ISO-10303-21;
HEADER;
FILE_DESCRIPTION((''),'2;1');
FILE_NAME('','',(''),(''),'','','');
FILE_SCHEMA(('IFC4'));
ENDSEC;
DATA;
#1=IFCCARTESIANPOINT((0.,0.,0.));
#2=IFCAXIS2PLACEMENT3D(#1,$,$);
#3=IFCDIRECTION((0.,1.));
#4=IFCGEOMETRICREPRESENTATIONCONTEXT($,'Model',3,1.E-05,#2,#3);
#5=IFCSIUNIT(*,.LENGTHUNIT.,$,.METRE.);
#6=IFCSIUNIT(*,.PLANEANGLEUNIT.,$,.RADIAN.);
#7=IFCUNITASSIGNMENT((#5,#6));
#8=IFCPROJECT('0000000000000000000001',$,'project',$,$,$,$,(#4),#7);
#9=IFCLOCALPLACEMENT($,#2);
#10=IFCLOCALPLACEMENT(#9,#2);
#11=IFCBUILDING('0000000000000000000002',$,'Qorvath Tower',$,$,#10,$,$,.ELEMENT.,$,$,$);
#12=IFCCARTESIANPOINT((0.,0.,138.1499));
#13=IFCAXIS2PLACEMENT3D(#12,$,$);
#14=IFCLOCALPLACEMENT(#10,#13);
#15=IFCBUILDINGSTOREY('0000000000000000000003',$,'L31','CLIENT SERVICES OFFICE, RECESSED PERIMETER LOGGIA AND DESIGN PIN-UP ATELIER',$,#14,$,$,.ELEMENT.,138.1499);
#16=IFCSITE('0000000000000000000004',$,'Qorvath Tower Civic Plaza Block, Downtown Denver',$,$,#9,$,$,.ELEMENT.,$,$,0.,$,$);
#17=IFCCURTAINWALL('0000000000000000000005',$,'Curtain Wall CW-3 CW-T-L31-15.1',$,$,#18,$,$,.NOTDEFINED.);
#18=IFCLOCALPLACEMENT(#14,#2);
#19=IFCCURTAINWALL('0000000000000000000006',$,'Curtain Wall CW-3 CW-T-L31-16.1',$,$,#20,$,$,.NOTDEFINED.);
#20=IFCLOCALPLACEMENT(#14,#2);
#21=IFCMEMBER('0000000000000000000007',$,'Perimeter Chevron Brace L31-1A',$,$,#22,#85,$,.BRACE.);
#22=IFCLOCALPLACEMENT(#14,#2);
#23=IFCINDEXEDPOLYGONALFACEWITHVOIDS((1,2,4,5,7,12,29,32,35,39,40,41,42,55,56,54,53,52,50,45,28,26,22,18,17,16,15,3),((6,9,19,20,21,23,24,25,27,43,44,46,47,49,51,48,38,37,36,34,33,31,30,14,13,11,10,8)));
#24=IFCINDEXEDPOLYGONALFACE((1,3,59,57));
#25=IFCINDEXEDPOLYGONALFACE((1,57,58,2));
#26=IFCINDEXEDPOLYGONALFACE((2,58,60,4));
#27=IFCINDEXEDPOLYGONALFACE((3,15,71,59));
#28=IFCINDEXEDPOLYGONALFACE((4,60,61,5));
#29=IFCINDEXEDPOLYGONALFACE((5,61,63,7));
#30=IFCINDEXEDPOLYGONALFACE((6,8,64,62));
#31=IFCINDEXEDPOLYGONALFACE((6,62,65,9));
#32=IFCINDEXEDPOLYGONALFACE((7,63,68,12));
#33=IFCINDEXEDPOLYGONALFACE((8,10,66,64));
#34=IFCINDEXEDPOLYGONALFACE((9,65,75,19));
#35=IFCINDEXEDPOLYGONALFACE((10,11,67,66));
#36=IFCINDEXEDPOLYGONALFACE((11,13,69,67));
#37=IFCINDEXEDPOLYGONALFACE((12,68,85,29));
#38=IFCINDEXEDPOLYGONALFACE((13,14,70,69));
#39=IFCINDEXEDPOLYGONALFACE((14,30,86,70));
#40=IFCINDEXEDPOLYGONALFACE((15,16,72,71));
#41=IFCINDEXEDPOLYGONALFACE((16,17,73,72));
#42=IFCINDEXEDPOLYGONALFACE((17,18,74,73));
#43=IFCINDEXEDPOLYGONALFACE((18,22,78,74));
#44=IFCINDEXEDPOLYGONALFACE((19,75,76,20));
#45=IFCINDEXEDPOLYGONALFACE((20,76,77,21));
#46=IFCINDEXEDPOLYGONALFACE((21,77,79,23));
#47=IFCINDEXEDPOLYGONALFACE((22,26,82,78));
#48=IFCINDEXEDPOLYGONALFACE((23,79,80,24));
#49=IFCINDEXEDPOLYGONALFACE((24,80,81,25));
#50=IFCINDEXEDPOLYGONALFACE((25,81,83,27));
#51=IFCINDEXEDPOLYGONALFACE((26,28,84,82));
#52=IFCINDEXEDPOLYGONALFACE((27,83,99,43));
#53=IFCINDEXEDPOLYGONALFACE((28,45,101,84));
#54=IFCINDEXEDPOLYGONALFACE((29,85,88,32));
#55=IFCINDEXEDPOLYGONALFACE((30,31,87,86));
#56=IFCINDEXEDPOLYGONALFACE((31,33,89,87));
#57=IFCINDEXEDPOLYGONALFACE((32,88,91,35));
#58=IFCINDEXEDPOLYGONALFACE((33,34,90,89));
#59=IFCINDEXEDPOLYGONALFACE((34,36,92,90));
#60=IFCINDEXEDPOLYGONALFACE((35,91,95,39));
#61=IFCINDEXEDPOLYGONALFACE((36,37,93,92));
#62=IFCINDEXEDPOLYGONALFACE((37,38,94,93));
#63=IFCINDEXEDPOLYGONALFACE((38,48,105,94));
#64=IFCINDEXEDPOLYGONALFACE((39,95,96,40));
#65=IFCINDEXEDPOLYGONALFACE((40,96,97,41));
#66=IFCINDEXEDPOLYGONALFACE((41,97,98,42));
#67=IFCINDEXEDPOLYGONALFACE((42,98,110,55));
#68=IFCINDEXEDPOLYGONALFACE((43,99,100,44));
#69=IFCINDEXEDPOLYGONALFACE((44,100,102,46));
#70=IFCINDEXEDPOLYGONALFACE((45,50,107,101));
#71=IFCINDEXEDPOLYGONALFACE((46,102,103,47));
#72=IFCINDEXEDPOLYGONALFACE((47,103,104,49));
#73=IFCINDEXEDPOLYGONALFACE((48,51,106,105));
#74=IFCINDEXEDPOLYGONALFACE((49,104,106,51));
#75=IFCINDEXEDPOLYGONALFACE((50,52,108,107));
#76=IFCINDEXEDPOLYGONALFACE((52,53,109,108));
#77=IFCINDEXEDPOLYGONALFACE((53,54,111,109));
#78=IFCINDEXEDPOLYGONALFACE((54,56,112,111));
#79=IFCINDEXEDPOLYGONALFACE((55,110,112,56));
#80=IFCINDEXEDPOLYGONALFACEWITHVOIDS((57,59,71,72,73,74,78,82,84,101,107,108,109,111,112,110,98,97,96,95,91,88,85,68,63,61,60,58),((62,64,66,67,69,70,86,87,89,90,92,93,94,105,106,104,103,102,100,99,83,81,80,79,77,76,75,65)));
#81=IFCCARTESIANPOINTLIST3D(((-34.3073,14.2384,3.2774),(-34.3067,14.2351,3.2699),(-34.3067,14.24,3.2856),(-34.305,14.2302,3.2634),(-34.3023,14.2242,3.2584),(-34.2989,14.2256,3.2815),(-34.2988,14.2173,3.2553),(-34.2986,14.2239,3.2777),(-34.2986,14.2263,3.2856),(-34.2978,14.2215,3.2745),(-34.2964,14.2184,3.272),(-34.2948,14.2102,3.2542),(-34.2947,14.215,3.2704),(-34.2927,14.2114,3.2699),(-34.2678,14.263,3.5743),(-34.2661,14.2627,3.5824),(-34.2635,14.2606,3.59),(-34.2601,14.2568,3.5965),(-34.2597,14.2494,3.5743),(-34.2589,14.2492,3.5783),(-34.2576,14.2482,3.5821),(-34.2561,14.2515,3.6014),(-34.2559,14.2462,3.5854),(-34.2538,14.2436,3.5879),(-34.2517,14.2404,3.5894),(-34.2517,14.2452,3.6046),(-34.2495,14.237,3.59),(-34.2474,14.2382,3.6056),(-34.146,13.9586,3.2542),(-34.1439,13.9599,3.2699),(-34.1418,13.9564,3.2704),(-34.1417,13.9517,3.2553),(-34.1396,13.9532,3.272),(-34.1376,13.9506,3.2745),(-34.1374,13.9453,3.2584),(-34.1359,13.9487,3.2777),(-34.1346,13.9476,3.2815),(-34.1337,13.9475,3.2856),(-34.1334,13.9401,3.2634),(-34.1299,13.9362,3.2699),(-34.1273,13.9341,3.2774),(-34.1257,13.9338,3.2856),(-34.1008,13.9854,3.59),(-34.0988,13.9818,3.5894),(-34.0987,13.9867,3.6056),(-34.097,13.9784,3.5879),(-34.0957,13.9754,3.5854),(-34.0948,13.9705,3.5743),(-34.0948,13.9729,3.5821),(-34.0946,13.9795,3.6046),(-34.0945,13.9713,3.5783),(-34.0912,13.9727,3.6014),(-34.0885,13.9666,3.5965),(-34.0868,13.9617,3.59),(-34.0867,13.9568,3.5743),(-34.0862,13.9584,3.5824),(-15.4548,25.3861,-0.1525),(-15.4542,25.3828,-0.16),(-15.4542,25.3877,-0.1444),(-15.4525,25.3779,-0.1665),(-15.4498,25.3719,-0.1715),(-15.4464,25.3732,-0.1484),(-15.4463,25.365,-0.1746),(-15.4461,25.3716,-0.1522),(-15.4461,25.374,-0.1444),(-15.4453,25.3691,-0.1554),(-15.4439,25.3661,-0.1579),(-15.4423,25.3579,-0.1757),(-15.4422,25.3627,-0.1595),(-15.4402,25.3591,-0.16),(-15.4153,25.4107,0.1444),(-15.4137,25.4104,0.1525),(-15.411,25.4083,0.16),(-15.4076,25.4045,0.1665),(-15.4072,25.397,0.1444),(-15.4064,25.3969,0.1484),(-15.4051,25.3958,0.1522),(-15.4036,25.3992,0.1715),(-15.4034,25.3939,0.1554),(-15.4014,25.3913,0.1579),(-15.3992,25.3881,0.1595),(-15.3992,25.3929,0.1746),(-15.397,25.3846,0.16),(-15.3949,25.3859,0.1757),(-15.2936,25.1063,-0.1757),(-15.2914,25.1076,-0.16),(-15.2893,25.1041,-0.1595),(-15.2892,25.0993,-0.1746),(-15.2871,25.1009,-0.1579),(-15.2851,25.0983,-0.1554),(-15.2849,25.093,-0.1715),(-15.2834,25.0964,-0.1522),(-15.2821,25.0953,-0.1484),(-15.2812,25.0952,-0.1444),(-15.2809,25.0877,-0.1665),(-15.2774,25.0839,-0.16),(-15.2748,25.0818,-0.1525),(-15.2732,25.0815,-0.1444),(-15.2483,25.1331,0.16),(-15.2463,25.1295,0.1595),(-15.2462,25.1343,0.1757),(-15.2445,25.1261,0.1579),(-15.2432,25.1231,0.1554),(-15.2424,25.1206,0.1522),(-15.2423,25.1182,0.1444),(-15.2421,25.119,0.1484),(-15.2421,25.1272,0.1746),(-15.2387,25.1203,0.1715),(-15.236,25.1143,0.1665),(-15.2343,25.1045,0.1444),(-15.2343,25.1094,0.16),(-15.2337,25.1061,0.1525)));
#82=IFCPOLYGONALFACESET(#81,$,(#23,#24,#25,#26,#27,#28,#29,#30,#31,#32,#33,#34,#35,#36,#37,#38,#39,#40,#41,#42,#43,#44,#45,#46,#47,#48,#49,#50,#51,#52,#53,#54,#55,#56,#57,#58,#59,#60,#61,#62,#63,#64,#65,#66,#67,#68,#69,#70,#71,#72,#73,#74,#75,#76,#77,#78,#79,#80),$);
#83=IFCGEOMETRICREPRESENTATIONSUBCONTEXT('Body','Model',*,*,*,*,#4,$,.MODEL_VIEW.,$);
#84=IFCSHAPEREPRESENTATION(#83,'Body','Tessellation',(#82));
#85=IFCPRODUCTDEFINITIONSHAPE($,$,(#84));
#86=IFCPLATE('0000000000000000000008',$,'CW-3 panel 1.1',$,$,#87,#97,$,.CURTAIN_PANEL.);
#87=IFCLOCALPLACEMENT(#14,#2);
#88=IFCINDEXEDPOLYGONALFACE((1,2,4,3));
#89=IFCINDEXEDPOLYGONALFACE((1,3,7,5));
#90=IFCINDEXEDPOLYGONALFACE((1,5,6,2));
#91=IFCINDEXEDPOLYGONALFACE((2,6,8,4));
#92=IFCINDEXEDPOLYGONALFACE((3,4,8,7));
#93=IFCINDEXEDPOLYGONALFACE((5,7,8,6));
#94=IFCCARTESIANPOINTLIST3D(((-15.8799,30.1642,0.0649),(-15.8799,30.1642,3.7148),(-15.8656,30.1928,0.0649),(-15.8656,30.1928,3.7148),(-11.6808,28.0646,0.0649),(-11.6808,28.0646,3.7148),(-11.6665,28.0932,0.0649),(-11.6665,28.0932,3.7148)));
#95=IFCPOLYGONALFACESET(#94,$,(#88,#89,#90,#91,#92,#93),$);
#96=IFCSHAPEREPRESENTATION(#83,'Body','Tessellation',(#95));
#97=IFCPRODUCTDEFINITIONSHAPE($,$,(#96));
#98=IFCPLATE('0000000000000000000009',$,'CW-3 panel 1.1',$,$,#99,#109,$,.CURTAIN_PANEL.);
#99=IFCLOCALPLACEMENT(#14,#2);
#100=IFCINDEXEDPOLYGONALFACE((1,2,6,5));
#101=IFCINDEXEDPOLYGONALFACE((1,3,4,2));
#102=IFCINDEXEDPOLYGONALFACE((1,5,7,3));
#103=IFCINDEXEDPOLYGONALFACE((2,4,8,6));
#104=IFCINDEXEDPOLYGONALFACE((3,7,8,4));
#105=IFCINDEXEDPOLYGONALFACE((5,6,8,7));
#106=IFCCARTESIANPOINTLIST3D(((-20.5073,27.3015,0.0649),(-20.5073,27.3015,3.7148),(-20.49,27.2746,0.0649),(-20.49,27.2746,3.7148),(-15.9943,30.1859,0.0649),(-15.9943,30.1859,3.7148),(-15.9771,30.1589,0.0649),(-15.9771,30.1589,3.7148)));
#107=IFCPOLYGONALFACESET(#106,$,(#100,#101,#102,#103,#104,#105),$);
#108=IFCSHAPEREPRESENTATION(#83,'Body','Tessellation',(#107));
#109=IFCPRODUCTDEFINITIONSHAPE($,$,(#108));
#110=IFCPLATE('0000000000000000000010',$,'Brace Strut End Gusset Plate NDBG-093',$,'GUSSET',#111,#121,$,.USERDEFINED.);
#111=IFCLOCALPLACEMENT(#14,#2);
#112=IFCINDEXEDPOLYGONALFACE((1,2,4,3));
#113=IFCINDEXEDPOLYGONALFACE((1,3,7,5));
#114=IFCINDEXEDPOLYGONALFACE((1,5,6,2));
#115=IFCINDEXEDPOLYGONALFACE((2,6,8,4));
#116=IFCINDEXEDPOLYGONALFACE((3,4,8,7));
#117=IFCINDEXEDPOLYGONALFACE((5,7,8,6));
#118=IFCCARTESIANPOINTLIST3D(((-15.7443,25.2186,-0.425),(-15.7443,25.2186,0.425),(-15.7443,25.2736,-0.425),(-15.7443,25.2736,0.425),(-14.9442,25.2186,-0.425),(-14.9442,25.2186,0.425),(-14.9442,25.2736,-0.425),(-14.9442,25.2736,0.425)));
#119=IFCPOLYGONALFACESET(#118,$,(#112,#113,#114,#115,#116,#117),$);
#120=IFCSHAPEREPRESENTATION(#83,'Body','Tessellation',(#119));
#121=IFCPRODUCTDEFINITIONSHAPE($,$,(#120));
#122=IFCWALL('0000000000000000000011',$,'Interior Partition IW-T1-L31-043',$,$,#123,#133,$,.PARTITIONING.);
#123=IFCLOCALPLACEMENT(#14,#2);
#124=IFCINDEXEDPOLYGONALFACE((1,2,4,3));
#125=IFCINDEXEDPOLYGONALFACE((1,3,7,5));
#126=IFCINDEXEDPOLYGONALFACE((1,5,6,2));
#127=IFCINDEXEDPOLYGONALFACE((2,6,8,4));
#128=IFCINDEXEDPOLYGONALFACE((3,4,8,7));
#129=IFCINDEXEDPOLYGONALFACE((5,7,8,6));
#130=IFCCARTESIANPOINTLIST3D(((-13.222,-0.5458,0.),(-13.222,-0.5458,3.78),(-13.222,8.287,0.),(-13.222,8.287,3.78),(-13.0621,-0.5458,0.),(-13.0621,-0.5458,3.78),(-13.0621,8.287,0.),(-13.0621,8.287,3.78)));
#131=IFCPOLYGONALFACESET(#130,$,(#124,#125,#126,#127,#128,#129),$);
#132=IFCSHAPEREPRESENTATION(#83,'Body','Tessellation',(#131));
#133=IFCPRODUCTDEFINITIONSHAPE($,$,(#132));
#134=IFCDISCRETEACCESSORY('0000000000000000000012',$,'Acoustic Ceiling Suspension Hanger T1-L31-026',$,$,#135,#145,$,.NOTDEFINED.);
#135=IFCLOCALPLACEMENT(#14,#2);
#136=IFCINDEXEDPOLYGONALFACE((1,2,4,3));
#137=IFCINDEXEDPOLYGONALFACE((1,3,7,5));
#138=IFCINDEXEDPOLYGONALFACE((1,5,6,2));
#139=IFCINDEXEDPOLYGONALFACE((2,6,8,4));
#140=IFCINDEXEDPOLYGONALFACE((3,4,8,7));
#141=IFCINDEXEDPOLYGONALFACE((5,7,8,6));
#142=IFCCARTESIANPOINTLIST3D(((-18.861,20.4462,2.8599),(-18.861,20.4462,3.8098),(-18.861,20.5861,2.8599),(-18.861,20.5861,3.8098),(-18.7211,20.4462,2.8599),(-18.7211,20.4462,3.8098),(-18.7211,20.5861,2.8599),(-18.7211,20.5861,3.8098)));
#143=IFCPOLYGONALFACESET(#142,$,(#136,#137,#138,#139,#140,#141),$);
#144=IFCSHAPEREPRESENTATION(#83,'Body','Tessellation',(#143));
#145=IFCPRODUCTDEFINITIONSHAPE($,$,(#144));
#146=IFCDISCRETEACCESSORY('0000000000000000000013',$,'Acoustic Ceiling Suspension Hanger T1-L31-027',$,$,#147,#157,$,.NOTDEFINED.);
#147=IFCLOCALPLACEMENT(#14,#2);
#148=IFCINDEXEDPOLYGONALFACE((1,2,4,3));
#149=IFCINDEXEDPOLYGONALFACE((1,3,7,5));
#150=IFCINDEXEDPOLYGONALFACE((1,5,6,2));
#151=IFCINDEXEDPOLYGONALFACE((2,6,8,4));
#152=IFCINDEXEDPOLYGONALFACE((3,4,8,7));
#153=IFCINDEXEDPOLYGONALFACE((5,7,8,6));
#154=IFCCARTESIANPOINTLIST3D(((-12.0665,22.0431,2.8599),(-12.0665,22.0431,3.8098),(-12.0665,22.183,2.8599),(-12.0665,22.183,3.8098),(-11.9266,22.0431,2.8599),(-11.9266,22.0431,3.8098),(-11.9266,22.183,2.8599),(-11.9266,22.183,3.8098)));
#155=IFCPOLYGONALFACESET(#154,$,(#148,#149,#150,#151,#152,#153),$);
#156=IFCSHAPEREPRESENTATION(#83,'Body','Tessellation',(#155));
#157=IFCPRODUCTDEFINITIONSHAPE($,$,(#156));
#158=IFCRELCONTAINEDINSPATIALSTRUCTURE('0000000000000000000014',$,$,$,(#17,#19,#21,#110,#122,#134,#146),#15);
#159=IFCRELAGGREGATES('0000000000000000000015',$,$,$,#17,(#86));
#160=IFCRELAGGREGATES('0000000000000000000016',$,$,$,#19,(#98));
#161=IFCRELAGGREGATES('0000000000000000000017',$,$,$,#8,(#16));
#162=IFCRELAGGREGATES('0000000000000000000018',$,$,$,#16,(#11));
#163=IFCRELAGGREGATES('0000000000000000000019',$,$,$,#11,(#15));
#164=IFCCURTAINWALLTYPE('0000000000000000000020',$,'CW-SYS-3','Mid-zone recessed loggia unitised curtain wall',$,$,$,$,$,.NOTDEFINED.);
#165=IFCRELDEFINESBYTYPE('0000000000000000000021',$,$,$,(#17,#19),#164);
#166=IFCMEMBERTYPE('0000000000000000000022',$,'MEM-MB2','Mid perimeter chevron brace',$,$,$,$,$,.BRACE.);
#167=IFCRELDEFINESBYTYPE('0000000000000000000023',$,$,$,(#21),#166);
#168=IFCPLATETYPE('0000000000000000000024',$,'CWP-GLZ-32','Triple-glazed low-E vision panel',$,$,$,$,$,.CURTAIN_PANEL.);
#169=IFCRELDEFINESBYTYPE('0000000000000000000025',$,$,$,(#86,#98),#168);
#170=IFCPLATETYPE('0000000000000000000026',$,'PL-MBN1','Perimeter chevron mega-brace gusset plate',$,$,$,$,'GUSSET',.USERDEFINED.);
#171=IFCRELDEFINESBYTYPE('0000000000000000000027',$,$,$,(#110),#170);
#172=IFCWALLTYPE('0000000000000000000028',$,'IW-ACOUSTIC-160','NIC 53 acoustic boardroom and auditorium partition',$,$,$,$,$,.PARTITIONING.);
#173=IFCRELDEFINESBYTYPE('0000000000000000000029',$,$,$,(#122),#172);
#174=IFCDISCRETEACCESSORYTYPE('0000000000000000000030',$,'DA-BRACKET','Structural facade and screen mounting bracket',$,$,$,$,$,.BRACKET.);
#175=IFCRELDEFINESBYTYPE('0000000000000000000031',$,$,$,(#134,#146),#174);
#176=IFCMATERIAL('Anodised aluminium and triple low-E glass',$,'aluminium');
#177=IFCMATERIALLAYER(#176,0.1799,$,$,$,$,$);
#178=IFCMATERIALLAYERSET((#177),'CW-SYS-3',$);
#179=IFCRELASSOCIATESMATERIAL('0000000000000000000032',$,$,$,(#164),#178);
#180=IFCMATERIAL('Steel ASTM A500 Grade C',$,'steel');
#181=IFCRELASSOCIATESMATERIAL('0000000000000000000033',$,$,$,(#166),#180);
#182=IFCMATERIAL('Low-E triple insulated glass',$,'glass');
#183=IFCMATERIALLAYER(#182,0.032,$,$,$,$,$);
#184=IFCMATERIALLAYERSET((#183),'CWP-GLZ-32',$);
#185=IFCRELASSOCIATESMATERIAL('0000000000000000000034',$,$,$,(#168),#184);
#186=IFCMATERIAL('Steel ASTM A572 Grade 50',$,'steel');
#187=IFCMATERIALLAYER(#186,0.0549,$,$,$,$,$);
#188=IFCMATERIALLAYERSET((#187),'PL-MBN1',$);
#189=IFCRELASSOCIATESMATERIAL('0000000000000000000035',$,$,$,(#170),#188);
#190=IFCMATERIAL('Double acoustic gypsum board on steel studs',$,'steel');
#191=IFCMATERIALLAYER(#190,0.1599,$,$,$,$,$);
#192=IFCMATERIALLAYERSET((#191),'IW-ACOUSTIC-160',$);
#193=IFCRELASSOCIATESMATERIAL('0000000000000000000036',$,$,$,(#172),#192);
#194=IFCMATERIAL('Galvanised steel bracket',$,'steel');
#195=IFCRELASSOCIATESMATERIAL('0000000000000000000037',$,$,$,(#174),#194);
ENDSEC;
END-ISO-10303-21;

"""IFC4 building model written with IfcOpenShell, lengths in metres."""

from ifc_helpers import new_model, si_unit, direction, frame, frame_2d, origin, origin_2d, place, context, subcontext, project, spatial, rectangle, hollow_rectangle, extrude, material, layer, layer_set, material_profile, profile_set, type_object, element, aggregate, save


model = new_model("IFC4")

# Units and contexts
model_context = context("Model", 3, precision=1e-05, world=origin(), true_north=direction((0.0, 1.0)))
body_context = subcontext(model_context, "Body", "Model", "MODEL_VIEW")
ifc_project = project(units=[si_unit("LENGTHUNIT", "METRE"), si_unit("PLANEANGLEUNIT", "RADIAN")], contexts=[model_context])

# Site, building, storey
site_placement = place(None, origin())
site = spatial("IfcSite", under=ifc_project, at=site_placement, Name="Qorvath Tower Civic Plaza Block, Downtown Denver", CompositionType="ELEMENT", RefElevation=0.0)
building_placement = place(site_placement, origin())
building = spatial("IfcBuilding", under=site, at=building_placement, Name="Qorvath Tower", CompositionType="ELEMENT")
storey_placement = place(building_placement, frame((0.0, 0.0, 138.1499)))
storey = spatial("IfcBuildingStorey", under=building, at=storey_placement, Name="L31", Description="CLIENT SERVICES OFFICE, RECESSED PERIMETER LOGGIA AND DESIGN PIN-UP ATELIER", CompositionType="ELEMENT", Elevation=138.1499)

# Curtain wall
ifc_material_1 = material(Name="Anodised aluminium and triple low-E glass", Category="aluminium")
ifc_layer_1 = layer(ifc_material_1, 0.1799)
ifc_layer_set_1 = layer_set([ifc_layer_1], Name="CW-SYS-3")
curtain_wall_type = type_object("IfcCurtainWallType", Name="CW-SYS-3", Description="Mid-zone recessed loggia unitised curtain wall", PredefinedType="NOTDEFINED", material=ifc_layer_set_1)
curtain_wall_1_placement = place(storey_placement, origin())
curtain_wall_1 = element("IfcCurtainWall", 1, at=curtain_wall_1_placement, inside=storey, type_object=curtain_wall_type, Name="Curtain Wall CW-3 CW-T-L31-15.1", PredefinedType="NOTDEFINED")

# Curtain wall
curtain_wall_2_placement = place(storey_placement, origin())
curtain_wall_2 = element("IfcCurtainWall", 2, at=curtain_wall_2_placement, inside=storey, type_object=curtain_wall_type, Name="Curtain Wall CW-3 CW-T-L31-16.1", PredefinedType="NOTDEFINED")

# Member
ifc_material_2 = material(Name="Steel ASTM A500 Grade C", Category="steel")
ifc_material_profile_1 = material_profile(ifc_material_2, hollow_rectangle(XDim=0.3557, YDim=0.3557, WallThickness=0.0159, InnerFilletRadius=0.0159, OuterFilletRadius=0.0317, at=origin_2d()), Name="HSS 356x356x16")
ifc_profile_set_1 = profile_set([ifc_material_profile_1], Name="Steel ASTM A500 Grade C")
member_type_1 = type_object("IfcMemberType", Name="MEM-MB2", Description="Mid perimeter chevron brace", PredefinedType="BRACE", material=ifc_profile_set_1)
member_1_placement = place(storey_placement, frame((-15.3442, 25.2461, 0.0), z_axis=(-0.85041, -0.502856, 0.154719), x_axis=(0.508985, -0.860775, 0.0)))
element("IfcMember", 3, at=member_1_placement, inside=storey, type_object=member_type_1, Name="Perimeter Chevron Brace L31-1A", PredefinedType="BRACE", context=body_context, shape_type="SweptSolid", body=[
    extrude(hollow_rectangle(XDim=0.3557, YDim=0.3557, WallThickness=0.0159, InnerFilletRadius=0.0159, OuterFilletRadius=0.0317, at=origin_2d()), origin(), (0.0, 0.0, 1.0), 22.1687),
])

# Plates
ifc_material_3 = material(Name="Low-E triple insulated glass", Category="glass")
ifc_layer_2 = layer(ifc_material_3, 0.032)
ifc_layer_set_2 = layer_set([ifc_layer_2], Name="CWP-GLZ-32")
plate_type_1 = type_object("IfcPlateType", Name="CWP-GLZ-32", Description="Triple-glazed low-E vision panel", PredefinedType="CURTAIN_PANEL", material=ifc_layer_set_2)
plate_1_placement = place(storey_placement, frame((-13.7732, 29.1287, 0.0649), z_axis=(0.0, 0.0, 1.0), x_axis=(-0.894427, 0.447214, 0.0)))
plate_1 = element("IfcPlate", 4, at=plate_1_placement, type_object=plate_type_1, Name="CW-3 panel 1.1", PredefinedType="CURTAIN_PANEL", context=body_context, shape_type="SweptSolid", body=[
    extrude(rectangle(XDim=4.6948, YDim=0.032, at=origin_2d()), origin(), (0.0, 0.0, 1.0), 3.6499),
])
aggregate(curtain_wall_1, [plate_1])
plate_2_placement = place(storey_placement, frame((-18.2422, 28.7302, 0.0649), z_axis=(0.0, 0.0, 1.0), x_axis=(-0.842604, -0.538534, 0.0)))
plate_2 = element("IfcPlate", 5, at=plate_2_placement, type_object=plate_type_1, Name="CW-3 panel 1.1", PredefinedType="CURTAIN_PANEL", context=body_context, shape_type="SweptSolid", body=[
    extrude(rectangle(XDim=5.356, YDim=0.032, at=origin_2d()), origin(), (0.0, 0.0, 1.0), 3.6499),
])
aggregate(curtain_wall_2, [plate_2])
ifc_material_4 = material(Name="Steel ASTM A572 Grade 50", Category="steel")
ifc_layer_3 = layer(ifc_material_4, 0.0549)
ifc_layer_set_3 = layer_set([ifc_layer_3], Name="PL-MBN1")
plate_type_2 = type_object("IfcPlateType", Name="PL-MBN1", Description="Perimeter chevron mega-brace gusset plate", ElementType="GUSSET", PredefinedType="USERDEFINED", material=ifc_layer_set_3)
plate_3_placement = place(storey_placement, frame((-15.3442, 25.2461, -0.425), z_axis=(0.0, 0.0, 1.0), x_axis=(1.0, 0.0, 0.0)))
element("IfcPlate", 6, at=plate_3_placement, inside=storey, type_object=plate_type_2, Name="Brace Strut End Gusset Plate NDBG-093", ObjectType="GUSSET", PredefinedType="USERDEFINED", context=body_context, shape_type="SweptSolid", body=[
    extrude(rectangle(XDim=0.8, YDim=0.0549, at=origin_2d()), origin(), (0.0, 0.0, 1.0), 0.8501),
])

# Wall
ifc_material_5 = material(Name="Double acoustic gypsum board on steel studs", Category="steel")
ifc_layer_4 = layer(ifc_material_5, 0.1599)
ifc_layer_set_4 = layer_set([ifc_layer_4], Name="IW-ACOUSTIC-160")
wall_type = type_object("IfcWallType", Name="IW-ACOUSTIC-160", Description="NIC 53 acoustic boardroom and auditorium partition", PredefinedType="PARTITIONING", material=ifc_layer_set_4)
wall_placement = place(storey_placement, frame((-13.1421, 8.2871, 0.0), z_axis=(0.0, 0.0, 1.0), x_axis=(0.0, -1.0, 0.0)))
element("IfcWall", 7, at=wall_placement, inside=storey, type_object=wall_type, Name="Interior Partition IW-T1-L31-043", PredefinedType="PARTITIONING", context=body_context, shape_type="SweptSolid", body=[
    extrude(rectangle(XDim=8.8328, YDim=0.1599, at=frame_2d((4.4165, 0.0))), origin(), (0.0, 0.0, 1.0), 3.78),
])

# Discrete accessories
ifc_material_6 = material(Name="Galvanised steel bracket", Category="steel")
discrete_accessory_type = type_object("IfcDiscreteAccessoryType", Name="DA-BRACKET", Description="Structural facade and screen mounting bracket", PredefinedType="BRACKET", material=ifc_material_6)
for number, where, z_axis, x_axis, name in (
    (8, (-18.791, 20.5161, 2.8599), (0.0, 0.0, 1.0), (1.0, 0.0, 0.0), "Acoustic Ceiling Suspension Hanger T1-L31-026"),
    (9, (-11.9966, 22.113, 2.8599), (0.0, 0.0, 1.0), (1.0, 0.0, 0.0), "Acoustic Ceiling Suspension Hanger T1-L31-027"),
):
    element("IfcDiscreteAccessory", number, at=place(storey_placement, frame(where, z_axis=z_axis, x_axis=x_axis)), inside=storey, type_object=discrete_accessory_type, Name=name, PredefinedType="NOTDEFINED", context=body_context, shape_type="SweptSolid", body=[
        extrude(rectangle(XDim=0.1399, YDim=0.1399, at=origin_2d()), origin(), (0.0, 0.0, 1.0), 0.95),
    ])

save(model, "model.ifc")
